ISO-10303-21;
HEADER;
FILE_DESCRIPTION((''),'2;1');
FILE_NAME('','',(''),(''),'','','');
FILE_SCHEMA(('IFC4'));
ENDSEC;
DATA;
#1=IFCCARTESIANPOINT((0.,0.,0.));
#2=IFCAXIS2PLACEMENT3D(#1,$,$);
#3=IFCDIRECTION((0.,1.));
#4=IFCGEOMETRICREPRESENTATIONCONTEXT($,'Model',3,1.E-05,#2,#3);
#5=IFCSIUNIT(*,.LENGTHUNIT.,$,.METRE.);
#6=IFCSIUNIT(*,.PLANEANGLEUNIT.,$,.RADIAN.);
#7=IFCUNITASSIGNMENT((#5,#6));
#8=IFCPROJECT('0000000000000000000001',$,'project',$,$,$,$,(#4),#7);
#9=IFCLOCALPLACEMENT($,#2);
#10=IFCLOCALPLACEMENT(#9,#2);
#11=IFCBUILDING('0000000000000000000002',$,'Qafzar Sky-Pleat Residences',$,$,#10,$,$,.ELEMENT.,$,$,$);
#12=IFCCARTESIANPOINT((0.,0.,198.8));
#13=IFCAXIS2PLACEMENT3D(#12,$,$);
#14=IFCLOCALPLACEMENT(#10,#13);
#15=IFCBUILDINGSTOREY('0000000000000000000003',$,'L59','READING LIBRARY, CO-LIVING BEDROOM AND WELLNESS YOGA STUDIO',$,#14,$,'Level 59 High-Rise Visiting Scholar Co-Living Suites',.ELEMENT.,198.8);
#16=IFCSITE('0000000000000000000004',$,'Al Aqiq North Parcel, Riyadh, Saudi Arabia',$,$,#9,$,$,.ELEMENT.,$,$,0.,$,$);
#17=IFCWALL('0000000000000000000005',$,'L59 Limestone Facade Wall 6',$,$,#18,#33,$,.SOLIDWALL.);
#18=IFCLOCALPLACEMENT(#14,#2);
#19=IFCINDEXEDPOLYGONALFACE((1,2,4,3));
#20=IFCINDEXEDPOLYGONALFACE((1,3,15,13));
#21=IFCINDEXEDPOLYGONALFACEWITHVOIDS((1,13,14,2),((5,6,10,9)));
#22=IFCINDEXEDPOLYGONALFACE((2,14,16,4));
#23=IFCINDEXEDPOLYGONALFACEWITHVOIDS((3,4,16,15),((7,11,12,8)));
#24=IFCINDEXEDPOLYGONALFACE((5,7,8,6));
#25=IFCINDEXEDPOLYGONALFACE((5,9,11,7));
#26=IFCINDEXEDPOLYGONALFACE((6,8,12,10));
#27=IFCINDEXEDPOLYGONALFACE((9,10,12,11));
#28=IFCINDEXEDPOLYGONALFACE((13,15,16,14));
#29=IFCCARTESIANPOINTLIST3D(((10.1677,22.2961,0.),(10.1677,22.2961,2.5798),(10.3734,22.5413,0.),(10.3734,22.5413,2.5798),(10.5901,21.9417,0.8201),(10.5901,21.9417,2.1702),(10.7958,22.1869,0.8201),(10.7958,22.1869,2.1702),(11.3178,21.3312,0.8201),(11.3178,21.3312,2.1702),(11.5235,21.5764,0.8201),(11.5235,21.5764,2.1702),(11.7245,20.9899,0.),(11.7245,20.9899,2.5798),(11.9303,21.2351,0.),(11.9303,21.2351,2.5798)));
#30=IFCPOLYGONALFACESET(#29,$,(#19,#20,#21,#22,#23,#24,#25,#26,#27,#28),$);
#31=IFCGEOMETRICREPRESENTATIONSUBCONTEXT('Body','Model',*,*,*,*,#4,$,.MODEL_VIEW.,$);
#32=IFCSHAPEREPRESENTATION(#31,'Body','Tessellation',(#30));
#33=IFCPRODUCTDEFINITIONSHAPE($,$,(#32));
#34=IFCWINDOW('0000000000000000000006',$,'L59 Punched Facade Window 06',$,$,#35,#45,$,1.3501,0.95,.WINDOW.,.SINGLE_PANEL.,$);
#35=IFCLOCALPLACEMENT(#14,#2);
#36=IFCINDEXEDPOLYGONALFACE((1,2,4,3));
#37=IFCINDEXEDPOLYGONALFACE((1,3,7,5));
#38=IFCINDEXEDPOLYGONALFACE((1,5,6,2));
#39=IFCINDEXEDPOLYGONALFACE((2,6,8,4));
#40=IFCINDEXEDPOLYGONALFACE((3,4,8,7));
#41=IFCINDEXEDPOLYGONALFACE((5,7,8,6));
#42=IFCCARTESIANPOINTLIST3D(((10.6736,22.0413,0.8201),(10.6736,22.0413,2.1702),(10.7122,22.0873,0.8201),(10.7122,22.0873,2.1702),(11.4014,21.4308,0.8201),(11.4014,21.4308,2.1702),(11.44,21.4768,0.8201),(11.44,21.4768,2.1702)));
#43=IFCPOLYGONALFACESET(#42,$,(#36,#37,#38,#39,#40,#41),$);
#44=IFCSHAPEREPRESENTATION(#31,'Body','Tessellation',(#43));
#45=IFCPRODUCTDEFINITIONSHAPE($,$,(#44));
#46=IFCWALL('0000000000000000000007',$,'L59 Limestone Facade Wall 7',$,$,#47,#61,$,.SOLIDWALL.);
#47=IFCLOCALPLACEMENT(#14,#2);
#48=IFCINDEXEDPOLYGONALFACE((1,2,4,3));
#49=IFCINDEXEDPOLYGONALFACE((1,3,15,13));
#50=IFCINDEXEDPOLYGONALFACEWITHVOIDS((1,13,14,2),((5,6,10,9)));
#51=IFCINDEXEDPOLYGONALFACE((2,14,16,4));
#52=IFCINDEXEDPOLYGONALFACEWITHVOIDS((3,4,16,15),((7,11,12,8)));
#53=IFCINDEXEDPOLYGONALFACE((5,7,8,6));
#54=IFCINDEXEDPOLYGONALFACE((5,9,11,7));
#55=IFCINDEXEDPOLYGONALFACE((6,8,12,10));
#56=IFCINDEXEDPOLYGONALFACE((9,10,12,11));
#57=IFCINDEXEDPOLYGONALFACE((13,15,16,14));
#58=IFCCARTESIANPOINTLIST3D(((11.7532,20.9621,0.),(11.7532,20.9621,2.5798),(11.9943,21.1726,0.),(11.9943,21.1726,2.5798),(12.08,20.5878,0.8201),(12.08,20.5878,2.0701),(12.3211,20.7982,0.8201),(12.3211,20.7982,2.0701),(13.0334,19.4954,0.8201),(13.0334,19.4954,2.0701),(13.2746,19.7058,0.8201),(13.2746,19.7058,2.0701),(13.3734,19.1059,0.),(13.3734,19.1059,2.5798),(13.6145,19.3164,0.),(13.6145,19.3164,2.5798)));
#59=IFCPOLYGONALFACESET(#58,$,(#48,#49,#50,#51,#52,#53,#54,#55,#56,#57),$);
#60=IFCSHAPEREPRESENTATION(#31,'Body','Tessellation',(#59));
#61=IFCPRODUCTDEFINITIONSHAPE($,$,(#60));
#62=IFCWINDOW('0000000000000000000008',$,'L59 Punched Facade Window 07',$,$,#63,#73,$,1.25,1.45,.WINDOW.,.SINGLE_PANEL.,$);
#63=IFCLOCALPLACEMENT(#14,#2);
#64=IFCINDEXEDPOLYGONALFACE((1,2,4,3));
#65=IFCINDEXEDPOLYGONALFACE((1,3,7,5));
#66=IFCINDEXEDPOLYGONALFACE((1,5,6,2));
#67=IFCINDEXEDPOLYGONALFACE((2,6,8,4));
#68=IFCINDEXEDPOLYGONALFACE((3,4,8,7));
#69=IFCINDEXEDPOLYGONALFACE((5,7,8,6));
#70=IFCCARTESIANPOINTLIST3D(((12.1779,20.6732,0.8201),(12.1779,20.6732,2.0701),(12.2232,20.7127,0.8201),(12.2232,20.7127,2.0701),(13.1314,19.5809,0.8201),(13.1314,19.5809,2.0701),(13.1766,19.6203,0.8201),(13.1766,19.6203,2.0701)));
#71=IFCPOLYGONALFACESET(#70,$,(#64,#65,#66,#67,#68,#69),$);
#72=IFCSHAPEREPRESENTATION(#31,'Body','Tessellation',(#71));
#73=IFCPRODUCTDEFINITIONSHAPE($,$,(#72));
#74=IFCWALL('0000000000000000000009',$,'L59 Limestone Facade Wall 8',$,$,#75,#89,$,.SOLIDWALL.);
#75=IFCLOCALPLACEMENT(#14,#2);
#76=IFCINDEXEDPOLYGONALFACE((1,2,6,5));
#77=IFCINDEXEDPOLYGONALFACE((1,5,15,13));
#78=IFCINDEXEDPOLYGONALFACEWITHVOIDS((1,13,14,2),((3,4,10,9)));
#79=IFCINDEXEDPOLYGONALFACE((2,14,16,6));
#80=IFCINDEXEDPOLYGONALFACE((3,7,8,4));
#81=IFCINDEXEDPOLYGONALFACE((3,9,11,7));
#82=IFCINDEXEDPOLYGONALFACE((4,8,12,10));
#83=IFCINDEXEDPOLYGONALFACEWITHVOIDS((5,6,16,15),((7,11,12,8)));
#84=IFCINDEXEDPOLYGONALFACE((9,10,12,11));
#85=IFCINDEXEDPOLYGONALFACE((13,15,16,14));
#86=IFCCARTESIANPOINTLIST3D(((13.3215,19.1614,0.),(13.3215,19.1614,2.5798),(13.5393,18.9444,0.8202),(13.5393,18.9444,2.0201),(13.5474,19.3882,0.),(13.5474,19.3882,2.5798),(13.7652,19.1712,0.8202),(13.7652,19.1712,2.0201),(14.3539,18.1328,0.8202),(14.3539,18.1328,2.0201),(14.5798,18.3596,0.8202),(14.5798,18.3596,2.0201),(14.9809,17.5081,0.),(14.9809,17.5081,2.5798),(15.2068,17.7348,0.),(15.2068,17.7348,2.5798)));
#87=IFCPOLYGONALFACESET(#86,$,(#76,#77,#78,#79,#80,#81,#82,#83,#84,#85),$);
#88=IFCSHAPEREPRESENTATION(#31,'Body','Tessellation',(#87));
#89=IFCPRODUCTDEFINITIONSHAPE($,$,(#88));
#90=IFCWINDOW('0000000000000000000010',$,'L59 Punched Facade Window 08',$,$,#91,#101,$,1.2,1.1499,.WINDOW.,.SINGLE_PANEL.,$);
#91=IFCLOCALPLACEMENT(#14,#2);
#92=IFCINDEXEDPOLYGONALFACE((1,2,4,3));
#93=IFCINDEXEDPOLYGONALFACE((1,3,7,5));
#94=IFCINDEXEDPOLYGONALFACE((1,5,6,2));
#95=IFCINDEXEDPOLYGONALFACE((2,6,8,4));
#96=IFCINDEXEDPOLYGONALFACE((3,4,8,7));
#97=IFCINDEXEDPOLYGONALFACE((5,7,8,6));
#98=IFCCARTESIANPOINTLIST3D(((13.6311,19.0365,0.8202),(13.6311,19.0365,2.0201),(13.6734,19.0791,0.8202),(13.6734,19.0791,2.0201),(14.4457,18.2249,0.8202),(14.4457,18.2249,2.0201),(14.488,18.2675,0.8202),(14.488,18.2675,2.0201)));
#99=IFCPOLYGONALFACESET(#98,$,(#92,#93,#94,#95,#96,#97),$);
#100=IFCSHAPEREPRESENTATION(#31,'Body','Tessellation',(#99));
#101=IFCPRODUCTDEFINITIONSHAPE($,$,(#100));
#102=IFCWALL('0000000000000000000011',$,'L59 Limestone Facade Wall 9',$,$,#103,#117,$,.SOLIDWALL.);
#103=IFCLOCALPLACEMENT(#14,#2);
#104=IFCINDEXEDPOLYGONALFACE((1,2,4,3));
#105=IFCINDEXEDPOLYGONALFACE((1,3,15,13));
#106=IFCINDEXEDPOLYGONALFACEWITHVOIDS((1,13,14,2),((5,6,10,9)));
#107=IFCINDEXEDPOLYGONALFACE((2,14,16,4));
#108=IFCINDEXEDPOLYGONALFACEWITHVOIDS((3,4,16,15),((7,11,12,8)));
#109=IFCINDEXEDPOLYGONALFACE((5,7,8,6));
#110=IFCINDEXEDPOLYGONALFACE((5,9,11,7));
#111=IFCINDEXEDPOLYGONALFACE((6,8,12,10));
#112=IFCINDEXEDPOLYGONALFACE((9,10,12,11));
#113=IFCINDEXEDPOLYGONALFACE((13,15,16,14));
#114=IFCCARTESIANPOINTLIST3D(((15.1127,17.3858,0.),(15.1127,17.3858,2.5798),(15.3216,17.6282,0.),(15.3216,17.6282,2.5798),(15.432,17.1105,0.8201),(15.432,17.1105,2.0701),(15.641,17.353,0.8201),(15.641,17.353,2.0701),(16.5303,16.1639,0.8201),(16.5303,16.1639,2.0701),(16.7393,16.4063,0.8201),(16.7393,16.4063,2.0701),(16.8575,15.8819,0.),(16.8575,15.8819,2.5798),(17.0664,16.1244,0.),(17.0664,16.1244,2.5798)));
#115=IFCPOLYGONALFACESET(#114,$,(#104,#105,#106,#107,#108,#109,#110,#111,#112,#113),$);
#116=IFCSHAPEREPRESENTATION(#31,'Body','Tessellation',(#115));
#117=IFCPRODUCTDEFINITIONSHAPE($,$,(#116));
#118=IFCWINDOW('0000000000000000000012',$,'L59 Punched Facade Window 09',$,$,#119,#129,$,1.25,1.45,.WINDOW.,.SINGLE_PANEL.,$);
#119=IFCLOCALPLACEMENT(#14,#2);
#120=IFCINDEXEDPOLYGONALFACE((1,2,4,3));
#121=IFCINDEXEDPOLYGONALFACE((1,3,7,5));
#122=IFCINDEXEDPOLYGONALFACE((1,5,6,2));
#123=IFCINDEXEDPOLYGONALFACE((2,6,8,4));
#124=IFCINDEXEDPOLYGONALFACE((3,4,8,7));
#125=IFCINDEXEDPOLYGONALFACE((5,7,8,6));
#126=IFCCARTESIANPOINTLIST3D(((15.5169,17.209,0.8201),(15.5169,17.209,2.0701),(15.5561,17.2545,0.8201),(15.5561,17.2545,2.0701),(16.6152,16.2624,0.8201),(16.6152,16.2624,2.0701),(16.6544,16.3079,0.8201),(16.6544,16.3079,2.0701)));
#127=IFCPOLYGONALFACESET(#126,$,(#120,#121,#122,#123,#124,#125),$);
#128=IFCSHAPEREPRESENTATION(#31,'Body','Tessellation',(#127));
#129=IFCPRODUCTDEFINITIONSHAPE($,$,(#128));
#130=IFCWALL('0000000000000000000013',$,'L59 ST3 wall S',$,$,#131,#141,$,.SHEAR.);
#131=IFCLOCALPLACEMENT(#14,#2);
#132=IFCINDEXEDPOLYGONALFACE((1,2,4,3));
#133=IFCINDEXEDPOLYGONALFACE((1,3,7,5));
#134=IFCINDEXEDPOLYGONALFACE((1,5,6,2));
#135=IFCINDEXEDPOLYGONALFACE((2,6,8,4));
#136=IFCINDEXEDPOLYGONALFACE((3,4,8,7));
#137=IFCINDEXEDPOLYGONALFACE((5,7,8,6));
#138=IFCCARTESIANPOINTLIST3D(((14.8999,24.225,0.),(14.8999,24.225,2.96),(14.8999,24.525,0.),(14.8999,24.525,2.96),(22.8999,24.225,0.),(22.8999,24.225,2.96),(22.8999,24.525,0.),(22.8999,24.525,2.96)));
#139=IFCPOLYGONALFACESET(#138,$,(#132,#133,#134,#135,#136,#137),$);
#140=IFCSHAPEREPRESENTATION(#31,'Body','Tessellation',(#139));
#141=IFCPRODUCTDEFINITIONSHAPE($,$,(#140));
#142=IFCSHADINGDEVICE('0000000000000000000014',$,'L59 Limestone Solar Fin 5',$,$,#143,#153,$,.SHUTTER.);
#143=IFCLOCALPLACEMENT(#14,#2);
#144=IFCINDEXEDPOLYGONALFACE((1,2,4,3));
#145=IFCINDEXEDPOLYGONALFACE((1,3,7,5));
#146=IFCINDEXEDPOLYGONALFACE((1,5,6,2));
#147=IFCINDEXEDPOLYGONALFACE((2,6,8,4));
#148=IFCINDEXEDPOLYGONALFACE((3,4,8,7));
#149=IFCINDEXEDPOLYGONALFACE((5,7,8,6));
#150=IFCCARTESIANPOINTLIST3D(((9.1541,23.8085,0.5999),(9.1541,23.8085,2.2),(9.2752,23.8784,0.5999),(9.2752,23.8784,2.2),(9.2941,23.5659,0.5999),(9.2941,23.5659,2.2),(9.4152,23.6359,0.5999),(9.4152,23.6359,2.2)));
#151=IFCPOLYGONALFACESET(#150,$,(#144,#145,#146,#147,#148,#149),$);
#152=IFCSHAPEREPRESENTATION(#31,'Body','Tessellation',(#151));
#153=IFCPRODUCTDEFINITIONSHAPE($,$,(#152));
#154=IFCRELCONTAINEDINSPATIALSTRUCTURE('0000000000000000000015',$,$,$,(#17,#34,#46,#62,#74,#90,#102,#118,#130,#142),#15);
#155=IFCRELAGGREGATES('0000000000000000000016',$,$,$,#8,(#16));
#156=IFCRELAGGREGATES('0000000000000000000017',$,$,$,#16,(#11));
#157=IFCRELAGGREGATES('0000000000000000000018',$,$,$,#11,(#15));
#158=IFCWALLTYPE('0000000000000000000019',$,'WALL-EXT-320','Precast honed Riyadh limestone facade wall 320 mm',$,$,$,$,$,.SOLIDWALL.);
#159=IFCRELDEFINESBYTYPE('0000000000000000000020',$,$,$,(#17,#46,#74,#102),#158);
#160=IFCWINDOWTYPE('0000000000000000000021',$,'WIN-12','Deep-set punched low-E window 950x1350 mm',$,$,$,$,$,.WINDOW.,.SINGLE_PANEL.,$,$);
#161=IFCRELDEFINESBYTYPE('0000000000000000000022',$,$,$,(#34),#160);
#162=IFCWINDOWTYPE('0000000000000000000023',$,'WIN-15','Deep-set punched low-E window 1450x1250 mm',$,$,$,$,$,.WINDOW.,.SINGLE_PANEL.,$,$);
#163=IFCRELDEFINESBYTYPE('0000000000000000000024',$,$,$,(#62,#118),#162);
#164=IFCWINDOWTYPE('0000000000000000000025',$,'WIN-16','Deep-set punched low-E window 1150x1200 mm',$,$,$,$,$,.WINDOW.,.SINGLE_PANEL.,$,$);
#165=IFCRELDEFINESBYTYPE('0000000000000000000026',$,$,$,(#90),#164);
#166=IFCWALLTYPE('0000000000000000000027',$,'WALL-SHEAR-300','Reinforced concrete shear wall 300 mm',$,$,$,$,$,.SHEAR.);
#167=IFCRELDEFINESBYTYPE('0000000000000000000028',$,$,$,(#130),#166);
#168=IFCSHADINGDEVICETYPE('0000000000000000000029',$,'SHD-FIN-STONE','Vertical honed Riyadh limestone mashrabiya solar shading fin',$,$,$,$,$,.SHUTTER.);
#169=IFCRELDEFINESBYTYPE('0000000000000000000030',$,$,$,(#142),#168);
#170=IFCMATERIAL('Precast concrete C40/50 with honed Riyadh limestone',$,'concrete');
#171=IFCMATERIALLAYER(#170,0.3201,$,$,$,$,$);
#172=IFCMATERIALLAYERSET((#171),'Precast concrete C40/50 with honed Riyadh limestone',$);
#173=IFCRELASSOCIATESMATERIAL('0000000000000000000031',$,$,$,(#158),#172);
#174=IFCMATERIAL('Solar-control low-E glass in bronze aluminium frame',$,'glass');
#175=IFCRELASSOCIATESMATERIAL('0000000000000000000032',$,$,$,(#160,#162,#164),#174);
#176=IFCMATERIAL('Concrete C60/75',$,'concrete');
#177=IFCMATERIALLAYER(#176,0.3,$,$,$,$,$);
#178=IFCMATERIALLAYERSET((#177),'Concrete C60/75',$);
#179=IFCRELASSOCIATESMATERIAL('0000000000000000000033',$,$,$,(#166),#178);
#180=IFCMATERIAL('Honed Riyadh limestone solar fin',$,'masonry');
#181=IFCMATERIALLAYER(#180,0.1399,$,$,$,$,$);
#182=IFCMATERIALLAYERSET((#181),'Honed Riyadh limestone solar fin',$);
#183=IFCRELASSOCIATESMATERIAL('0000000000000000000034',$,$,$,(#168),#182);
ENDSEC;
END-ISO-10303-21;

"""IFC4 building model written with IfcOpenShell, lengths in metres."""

from ifc_helpers import new_model, si_unit, direction, frame, frame_2d, origin, origin_2d, place, context, subcontext, project, spatial, rectangle, extrude, source, transform, mapped, material, layer, layer_set, type_object, element, fill, save


model = new_model("IFC4")

# Units and contexts
model_context = context("Model", 3, precision=1e-05, world=origin(), true_north=direction((0.0, 1.0)))
body_context = subcontext(model_context, "Body", "Model", "MODEL_VIEW")
ifc_project = project(units=[si_unit("LENGTHUNIT", "METRE"), si_unit("PLANEANGLEUNIT", "RADIAN")], contexts=[model_context])

# Site, building, storey
site_placement = place(None, origin())
site = spatial("IfcSite", under=ifc_project, at=site_placement, Name="Al Aqiq North Parcel, Riyadh, Saudi Arabia", CompositionType="ELEMENT", RefElevation=0.0)
building_placement = place(site_placement, origin())
building = spatial("IfcBuilding", under=site, at=building_placement, Name="Qafzar Sky-Pleat Residences", CompositionType="ELEMENT")
storey_placement = place(building_placement, frame((0.0, 0.0, 198.8)))
storey = spatial("IfcBuildingStorey", under=building, at=storey_placement, Name="L59", Description="READING LIBRARY, CO-LIVING BEDROOM AND WELLNESS YOGA STUDIO", LongName="Level 59 High-Rise Visiting Scholar Co-Living Suites", CompositionType="ELEMENT", Elevation=198.8)

# Walls, openings, windows
ifc_material_1 = material(Name="Precast concrete C40/50 with honed Riyadh limestone", Category="concrete")
ifc_layer_1 = layer(ifc_material_1, 0.3201)
ifc_layer_set_1 = layer_set([ifc_layer_1], Name="Precast concrete C40/50 with honed Riyadh limestone")
wall_type_1 = type_object("IfcWallType", Name="WALL-EXT-320", Description="Precast honed Riyadh limestone facade wall 320 mm", PredefinedType="SOLIDWALL", material=ifc_layer_set_1)
ifc_material_2 = material(Name="Solar-control low-E glass in bronze aluminium frame", Category="glass")
wall_1_placement = place(storey_placement, frame((10.2705, 22.4187, 0.0), z_axis=(0.0, 0.0, 1.0), x_axis=(0.7661, -0.642721, 0.0)))
wall_1 = element("IfcWall", 1, at=wall_1_placement, inside=storey, type_object=wall_type_1, Name="L59 Limestone Facade Wall 6", PredefinedType="SOLIDWALL", context=body_context, shape_type="SweptSolid", body=[
    extrude(rectangle(XDim=2.0322, YDim=0.3201, at=frame_2d((1.0161, 0.0))), origin(), (0.0, 0.0, 1.0), 2.5798),
])
opening_1_placement = place(wall_1_placement, frame((0.5513, 0.0, 0.8201)))
opening_1 = element("IfcOpeningElement", 2, at=opening_1_placement, cuts=wall_1, PredefinedType="OPENING", context=body_context, shape_type="SweptSolid", body=[
    extrude(rectangle(XDim=0.95, YDim=1.3501, at=frame_2d((0.4751, 0.675))), frame((0.0, 0.1699, 0.0), z_axis=(0.0, -1.0, 0.0), x_axis=(1.0, 0.0, 0.0)), (0.0, 0.0, 1.0), 0.3401),
])
window_type_1 = type_object("IfcWindowType", Name="WIN-12", Description="Deep-set punched low-E window 950x1350 mm", PartitioningType="SINGLE_PANEL", PredefinedType="WINDOW", material=ifc_material_2)
shared_shape_1 = source(origin(), body_context, "Body", "SweptSolid", [
    extrude(rectangle(XDim=0.95, YDim=1.3501, at=frame_2d((0.4751, 0.675))), frame((0.0, 0.03, 0.0), z_axis=(0.0, -1.0, 0.0), x_axis=(1.0, 0.0, 0.0)), (0.0, 0.0, 1.0), 0.0601),
])
window_1_placement = place(opening_1_placement, origin())
window_1 = element("IfcWindow", 3, at=window_1_placement, inside=storey, type_object=window_type_1, Name="L59 Punched Facade Window 06", OverallHeight=1.3501, OverallWidth=0.95, PartitioningType="SINGLE_PANEL", PredefinedType="WINDOW", context=body_context, shape_type="MappedRepresentation", body=[
    mapped(shared_shape_1, transform((0.0, 0.0, 0.0), x_axis=(1.0, 0.0, 0.0), y_axis=(0.0, 1.0, 0.0), z_axis=(0.0, 0.0, 1.0), scale=1.0)),
])
fill(opening_1, window_1)
wall_2_placement = place(storey_placement, frame((11.8738, 21.0674, 0.0), z_axis=(0.0, 0.0, 1.0), x_axis=(0.657571, -0.753393, 0.0)))
wall_2 = element("IfcWall", 4, at=wall_2_placement, inside=storey, type_object=wall_type_1, Name="L59 Limestone Facade Wall 7", PredefinedType="SOLIDWALL", context=body_context, shape_type="SweptSolid", body=[
    extrude(rectangle(XDim=2.4639, YDim=0.3201, at=frame_2d((1.2319, 0.0))), origin(), (0.0, 0.0, 1.0), 2.5798),
])
opening_2_placement = place(wall_2_placement, frame((0.4968, 0.0, 0.8201)))
opening_2 = element("IfcOpeningElement", 5, at=opening_2_placement, cuts=wall_2, PredefinedType="OPENING", context=body_context, shape_type="SweptSolid", body=[
    extrude(rectangle(XDim=1.45, YDim=1.25, at=frame_2d((0.7251, 0.625))), frame((0.0, 0.1699, 0.0), z_axis=(0.0, -1.0, 0.0), x_axis=(1.0, 0.0, 0.0)), (0.0, 0.0, 1.0), 0.3401),
])
window_type_2 = type_object("IfcWindowType", Name="WIN-15", Description="Deep-set punched low-E window 1450x1250 mm", PartitioningType="SINGLE_PANEL", PredefinedType="WINDOW", material=ifc_material_2)
shared_shape_2 = source(origin(), body_context, "Body", "SweptSolid", [
    extrude(rectangle(XDim=1.45, YDim=1.25, at=frame_2d((0.7251, 0.625))), frame((0.0, 0.03, 0.0), z_axis=(0.0, -1.0, 0.0), x_axis=(1.0, 0.0, 0.0)), (0.0, 0.0, 1.0), 0.0601),
])
window_2_placement = place(opening_2_placement, origin())
window_2 = element("IfcWindow", 6, at=window_2_placement, inside=storey, type_object=window_type_2, Name="L59 Punched Facade Window 07", OverallHeight=1.25, OverallWidth=1.45, PartitioningType="SINGLE_PANEL", PredefinedType="WINDOW", context=body_context, shape_type="MappedRepresentation", body=[
    mapped(shared_shape_2, transform((0.0, 0.0, 0.0), x_axis=(1.0, 0.0, 0.0), y_axis=(0.0, 1.0, 0.0), z_axis=(0.0, 0.0, 1.0), scale=1.0)),
])
fill(opening_2, window_2)
wall_3_placement = place(storey_placement, frame((13.4343, 19.2749, 0.0), z_axis=(0.0, 0.0, 1.0), x_axis=(0.708408, -0.705803, 0.0)))
wall_3 = element("IfcWall", 7, at=wall_3_placement, inside=storey, type_object=wall_type_1, Name="L59 Limestone Facade Wall 8", PredefinedType="SOLIDWALL", context=body_context, shape_type="SweptSolid", body=[
    extrude(rectangle(XDim=2.3425, YDim=0.3201, at=frame_2d((1.1714, 0.0))), origin(), (0.0, 0.0, 1.0), 2.5798),
])
opening_3_placement = place(wall_3_placement, frame((0.3076, 0.0, 0.8201)))
opening_3 = element("IfcOpeningElement", 8, at=opening_3_placement, cuts=wall_3, PredefinedType="OPENING", context=body_context, shape_type="SweptSolid", body=[
    extrude(rectangle(XDim=1.1499, YDim=1.2, at=frame_2d((0.575, 0.6001))), frame((0.0, 0.1699, 0.0), z_axis=(0.0, -1.0, 0.0), x_axis=(1.0, 0.0, 0.0)), (0.0, 0.0, 1.0), 0.3401),
])
window_type_3 = type_object("IfcWindowType", Name="WIN-16", Description="Deep-set punched low-E window 1150x1200 mm", PartitioningType="SINGLE_PANEL", PredefinedType="WINDOW", material=ifc_material_2)
shared_shape_3 = source(origin(), body_context, "Body", "SweptSolid", [
    extrude(rectangle(XDim=1.1499, YDim=1.2, at=frame_2d((0.575, 0.6001))), frame((0.0, 0.03, 0.0), z_axis=(0.0, -1.0, 0.0), x_axis=(1.0, 0.0, 0.0)), (0.0, 0.0, 1.0), 0.0601),
])
window_3_placement = place(opening_3_placement, origin())
window_3 = element("IfcWindow", 9, at=window_3_placement, inside=storey, type_object=window_type_3, Name="L59 Punched Facade Window 08", OverallHeight=1.2, OverallWidth=1.1499, PartitioningType="SINGLE_PANEL", PredefinedType="WINDOW", context=body_context, shape_type="MappedRepresentation", body=[
    mapped(shared_shape_3, transform((0.0, 0.0, 0.0), x_axis=(1.0, 0.0, 0.0), y_axis=(0.0, 1.0, 0.0), z_axis=(0.0, 0.0, 1.0), scale=1.0)),
])
fill(opening_3, window_3)
wall_4_placement = place(storey_placement, frame((15.217, 17.5071, 0.0), z_axis=(0.0, 0.0, 1.0), x_axis=(0.757473, -0.652866, 0.0)))
wall_4 = element("IfcWall", 10, at=wall_4_placement, inside=storey, type_object=wall_type_1, Name="L59 Limestone Facade Wall 9", PredefinedType="SOLIDWALL", context=body_context, shape_type="SweptSolid", body=[
    extrude(rectangle(XDim=2.3035, YDim=0.3201, at=frame_2d((1.1519, 0.0))), origin(), (0.0, 0.0, 1.0), 2.5798),
])
opening_4_placement = place(wall_4_placement, frame((0.4216, 0.0, 0.8201)))
opening_4 = element("IfcOpeningElement", 11, at=opening_4_placement, cuts=wall_4, PredefinedType="OPENING", context=body_context, shape_type="SweptSolid", body=[
    extrude(rectangle(XDim=1.45, YDim=1.25, at=frame_2d((0.7251, 0.625))), frame((0.0, 0.1699, 0.0), z_axis=(0.0, -1.0, 0.0), x_axis=(1.0, 0.0, 0.0)), (0.0, 0.0, 1.0), 0.3401),
])
window_4_placement = place(opening_4_placement, origin())
window_4 = element("IfcWindow", 12, at=window_4_placement, inside=storey, type_object=window_type_2, Name="L59 Punched Facade Window 09", OverallHeight=1.25, OverallWidth=1.45, PartitioningType="SINGLE_PANEL", PredefinedType="WINDOW", context=body_context, shape_type="MappedRepresentation", body=[
    mapped(shared_shape_2, transform((0.0, 0.0, 0.0), x_axis=(1.0, 0.0, 0.0), y_axis=(0.0, 1.0, 0.0), z_axis=(0.0, 0.0, 1.0), scale=1.0)),
])
fill(opening_4, window_4)

# Wall
ifc_material_3 = material(Name="Concrete C60/75", Category="concrete")
ifc_layer_2 = layer(ifc_material_3, 0.3)
ifc_layer_set_2 = layer_set([ifc_layer_2], Name="Concrete C60/75")
wall_type_2 = type_object("IfcWallType", Name="WALL-SHEAR-300", Description="Reinforced concrete shear wall 300 mm", PredefinedType="SHEAR", material=ifc_layer_set_2)
wall_5_placement = place(storey_placement, frame((14.8999, 24.375, 0.0), z_axis=(0.0, 0.0, 1.0), x_axis=(1.0, 0.0, 0.0)))
element("IfcWall", 13, at=wall_5_placement, inside=storey, type_object=wall_type_2, Name="L59 ST3 wall S", PredefinedType="SHEAR", context=body_context, shape_type="SweptSolid", body=[
    extrude(rectangle(XDim=8.0, YDim=0.3, at=frame_2d((4.0, 0.0))), origin(), (0.0, 0.0, 1.0), 2.96),
])

# Shading device
ifc_material_4 = material(Name="Honed Riyadh limestone solar fin", Category="masonry")
ifc_layer_3 = layer(ifc_material_4, 0.1399)
ifc_layer_set_3 = layer_set([ifc_layer_3], Name="Honed Riyadh limestone solar fin")
shading_device_type = type_object("IfcShadingDeviceType", Name="SHD-FIN-STONE", Description="Vertical honed Riyadh limestone mashrabiya solar shading fin", PredefinedType="SHUTTER", material=ifc_layer_set_3)
shared_shape_4 = source(origin(), body_context, "Body", "SweptSolid", [
    extrude(rectangle(XDim=0.1399, YDim=0.28, at=origin_2d()), origin(), (0.0, 0.0, 1.0), 1.6001),
])
shading_device_placement = place(storey_placement, frame((9.2847, 23.7222, 0.5999), z_axis=(0.0, 0.0, 1.0), x_axis=(-0.866044, -0.499967, 0.0)))
element("IfcShadingDevice", 14, at=shading_device_placement, inside=storey, type_object=shading_device_type, Name="L59 Limestone Solar Fin 5", PredefinedType="SHUTTER", context=body_context, shape_type="MappedRepresentation", body=[
    mapped(shared_shape_4, transform((0.0, 0.0, 0.0), x_axis=(1.0, 0.0, 0.0), y_axis=(0.0, 1.0, 0.0), z_axis=(0.0, 0.0, 1.0), scale=1.0)),
])

save(model, "model.ifc")
